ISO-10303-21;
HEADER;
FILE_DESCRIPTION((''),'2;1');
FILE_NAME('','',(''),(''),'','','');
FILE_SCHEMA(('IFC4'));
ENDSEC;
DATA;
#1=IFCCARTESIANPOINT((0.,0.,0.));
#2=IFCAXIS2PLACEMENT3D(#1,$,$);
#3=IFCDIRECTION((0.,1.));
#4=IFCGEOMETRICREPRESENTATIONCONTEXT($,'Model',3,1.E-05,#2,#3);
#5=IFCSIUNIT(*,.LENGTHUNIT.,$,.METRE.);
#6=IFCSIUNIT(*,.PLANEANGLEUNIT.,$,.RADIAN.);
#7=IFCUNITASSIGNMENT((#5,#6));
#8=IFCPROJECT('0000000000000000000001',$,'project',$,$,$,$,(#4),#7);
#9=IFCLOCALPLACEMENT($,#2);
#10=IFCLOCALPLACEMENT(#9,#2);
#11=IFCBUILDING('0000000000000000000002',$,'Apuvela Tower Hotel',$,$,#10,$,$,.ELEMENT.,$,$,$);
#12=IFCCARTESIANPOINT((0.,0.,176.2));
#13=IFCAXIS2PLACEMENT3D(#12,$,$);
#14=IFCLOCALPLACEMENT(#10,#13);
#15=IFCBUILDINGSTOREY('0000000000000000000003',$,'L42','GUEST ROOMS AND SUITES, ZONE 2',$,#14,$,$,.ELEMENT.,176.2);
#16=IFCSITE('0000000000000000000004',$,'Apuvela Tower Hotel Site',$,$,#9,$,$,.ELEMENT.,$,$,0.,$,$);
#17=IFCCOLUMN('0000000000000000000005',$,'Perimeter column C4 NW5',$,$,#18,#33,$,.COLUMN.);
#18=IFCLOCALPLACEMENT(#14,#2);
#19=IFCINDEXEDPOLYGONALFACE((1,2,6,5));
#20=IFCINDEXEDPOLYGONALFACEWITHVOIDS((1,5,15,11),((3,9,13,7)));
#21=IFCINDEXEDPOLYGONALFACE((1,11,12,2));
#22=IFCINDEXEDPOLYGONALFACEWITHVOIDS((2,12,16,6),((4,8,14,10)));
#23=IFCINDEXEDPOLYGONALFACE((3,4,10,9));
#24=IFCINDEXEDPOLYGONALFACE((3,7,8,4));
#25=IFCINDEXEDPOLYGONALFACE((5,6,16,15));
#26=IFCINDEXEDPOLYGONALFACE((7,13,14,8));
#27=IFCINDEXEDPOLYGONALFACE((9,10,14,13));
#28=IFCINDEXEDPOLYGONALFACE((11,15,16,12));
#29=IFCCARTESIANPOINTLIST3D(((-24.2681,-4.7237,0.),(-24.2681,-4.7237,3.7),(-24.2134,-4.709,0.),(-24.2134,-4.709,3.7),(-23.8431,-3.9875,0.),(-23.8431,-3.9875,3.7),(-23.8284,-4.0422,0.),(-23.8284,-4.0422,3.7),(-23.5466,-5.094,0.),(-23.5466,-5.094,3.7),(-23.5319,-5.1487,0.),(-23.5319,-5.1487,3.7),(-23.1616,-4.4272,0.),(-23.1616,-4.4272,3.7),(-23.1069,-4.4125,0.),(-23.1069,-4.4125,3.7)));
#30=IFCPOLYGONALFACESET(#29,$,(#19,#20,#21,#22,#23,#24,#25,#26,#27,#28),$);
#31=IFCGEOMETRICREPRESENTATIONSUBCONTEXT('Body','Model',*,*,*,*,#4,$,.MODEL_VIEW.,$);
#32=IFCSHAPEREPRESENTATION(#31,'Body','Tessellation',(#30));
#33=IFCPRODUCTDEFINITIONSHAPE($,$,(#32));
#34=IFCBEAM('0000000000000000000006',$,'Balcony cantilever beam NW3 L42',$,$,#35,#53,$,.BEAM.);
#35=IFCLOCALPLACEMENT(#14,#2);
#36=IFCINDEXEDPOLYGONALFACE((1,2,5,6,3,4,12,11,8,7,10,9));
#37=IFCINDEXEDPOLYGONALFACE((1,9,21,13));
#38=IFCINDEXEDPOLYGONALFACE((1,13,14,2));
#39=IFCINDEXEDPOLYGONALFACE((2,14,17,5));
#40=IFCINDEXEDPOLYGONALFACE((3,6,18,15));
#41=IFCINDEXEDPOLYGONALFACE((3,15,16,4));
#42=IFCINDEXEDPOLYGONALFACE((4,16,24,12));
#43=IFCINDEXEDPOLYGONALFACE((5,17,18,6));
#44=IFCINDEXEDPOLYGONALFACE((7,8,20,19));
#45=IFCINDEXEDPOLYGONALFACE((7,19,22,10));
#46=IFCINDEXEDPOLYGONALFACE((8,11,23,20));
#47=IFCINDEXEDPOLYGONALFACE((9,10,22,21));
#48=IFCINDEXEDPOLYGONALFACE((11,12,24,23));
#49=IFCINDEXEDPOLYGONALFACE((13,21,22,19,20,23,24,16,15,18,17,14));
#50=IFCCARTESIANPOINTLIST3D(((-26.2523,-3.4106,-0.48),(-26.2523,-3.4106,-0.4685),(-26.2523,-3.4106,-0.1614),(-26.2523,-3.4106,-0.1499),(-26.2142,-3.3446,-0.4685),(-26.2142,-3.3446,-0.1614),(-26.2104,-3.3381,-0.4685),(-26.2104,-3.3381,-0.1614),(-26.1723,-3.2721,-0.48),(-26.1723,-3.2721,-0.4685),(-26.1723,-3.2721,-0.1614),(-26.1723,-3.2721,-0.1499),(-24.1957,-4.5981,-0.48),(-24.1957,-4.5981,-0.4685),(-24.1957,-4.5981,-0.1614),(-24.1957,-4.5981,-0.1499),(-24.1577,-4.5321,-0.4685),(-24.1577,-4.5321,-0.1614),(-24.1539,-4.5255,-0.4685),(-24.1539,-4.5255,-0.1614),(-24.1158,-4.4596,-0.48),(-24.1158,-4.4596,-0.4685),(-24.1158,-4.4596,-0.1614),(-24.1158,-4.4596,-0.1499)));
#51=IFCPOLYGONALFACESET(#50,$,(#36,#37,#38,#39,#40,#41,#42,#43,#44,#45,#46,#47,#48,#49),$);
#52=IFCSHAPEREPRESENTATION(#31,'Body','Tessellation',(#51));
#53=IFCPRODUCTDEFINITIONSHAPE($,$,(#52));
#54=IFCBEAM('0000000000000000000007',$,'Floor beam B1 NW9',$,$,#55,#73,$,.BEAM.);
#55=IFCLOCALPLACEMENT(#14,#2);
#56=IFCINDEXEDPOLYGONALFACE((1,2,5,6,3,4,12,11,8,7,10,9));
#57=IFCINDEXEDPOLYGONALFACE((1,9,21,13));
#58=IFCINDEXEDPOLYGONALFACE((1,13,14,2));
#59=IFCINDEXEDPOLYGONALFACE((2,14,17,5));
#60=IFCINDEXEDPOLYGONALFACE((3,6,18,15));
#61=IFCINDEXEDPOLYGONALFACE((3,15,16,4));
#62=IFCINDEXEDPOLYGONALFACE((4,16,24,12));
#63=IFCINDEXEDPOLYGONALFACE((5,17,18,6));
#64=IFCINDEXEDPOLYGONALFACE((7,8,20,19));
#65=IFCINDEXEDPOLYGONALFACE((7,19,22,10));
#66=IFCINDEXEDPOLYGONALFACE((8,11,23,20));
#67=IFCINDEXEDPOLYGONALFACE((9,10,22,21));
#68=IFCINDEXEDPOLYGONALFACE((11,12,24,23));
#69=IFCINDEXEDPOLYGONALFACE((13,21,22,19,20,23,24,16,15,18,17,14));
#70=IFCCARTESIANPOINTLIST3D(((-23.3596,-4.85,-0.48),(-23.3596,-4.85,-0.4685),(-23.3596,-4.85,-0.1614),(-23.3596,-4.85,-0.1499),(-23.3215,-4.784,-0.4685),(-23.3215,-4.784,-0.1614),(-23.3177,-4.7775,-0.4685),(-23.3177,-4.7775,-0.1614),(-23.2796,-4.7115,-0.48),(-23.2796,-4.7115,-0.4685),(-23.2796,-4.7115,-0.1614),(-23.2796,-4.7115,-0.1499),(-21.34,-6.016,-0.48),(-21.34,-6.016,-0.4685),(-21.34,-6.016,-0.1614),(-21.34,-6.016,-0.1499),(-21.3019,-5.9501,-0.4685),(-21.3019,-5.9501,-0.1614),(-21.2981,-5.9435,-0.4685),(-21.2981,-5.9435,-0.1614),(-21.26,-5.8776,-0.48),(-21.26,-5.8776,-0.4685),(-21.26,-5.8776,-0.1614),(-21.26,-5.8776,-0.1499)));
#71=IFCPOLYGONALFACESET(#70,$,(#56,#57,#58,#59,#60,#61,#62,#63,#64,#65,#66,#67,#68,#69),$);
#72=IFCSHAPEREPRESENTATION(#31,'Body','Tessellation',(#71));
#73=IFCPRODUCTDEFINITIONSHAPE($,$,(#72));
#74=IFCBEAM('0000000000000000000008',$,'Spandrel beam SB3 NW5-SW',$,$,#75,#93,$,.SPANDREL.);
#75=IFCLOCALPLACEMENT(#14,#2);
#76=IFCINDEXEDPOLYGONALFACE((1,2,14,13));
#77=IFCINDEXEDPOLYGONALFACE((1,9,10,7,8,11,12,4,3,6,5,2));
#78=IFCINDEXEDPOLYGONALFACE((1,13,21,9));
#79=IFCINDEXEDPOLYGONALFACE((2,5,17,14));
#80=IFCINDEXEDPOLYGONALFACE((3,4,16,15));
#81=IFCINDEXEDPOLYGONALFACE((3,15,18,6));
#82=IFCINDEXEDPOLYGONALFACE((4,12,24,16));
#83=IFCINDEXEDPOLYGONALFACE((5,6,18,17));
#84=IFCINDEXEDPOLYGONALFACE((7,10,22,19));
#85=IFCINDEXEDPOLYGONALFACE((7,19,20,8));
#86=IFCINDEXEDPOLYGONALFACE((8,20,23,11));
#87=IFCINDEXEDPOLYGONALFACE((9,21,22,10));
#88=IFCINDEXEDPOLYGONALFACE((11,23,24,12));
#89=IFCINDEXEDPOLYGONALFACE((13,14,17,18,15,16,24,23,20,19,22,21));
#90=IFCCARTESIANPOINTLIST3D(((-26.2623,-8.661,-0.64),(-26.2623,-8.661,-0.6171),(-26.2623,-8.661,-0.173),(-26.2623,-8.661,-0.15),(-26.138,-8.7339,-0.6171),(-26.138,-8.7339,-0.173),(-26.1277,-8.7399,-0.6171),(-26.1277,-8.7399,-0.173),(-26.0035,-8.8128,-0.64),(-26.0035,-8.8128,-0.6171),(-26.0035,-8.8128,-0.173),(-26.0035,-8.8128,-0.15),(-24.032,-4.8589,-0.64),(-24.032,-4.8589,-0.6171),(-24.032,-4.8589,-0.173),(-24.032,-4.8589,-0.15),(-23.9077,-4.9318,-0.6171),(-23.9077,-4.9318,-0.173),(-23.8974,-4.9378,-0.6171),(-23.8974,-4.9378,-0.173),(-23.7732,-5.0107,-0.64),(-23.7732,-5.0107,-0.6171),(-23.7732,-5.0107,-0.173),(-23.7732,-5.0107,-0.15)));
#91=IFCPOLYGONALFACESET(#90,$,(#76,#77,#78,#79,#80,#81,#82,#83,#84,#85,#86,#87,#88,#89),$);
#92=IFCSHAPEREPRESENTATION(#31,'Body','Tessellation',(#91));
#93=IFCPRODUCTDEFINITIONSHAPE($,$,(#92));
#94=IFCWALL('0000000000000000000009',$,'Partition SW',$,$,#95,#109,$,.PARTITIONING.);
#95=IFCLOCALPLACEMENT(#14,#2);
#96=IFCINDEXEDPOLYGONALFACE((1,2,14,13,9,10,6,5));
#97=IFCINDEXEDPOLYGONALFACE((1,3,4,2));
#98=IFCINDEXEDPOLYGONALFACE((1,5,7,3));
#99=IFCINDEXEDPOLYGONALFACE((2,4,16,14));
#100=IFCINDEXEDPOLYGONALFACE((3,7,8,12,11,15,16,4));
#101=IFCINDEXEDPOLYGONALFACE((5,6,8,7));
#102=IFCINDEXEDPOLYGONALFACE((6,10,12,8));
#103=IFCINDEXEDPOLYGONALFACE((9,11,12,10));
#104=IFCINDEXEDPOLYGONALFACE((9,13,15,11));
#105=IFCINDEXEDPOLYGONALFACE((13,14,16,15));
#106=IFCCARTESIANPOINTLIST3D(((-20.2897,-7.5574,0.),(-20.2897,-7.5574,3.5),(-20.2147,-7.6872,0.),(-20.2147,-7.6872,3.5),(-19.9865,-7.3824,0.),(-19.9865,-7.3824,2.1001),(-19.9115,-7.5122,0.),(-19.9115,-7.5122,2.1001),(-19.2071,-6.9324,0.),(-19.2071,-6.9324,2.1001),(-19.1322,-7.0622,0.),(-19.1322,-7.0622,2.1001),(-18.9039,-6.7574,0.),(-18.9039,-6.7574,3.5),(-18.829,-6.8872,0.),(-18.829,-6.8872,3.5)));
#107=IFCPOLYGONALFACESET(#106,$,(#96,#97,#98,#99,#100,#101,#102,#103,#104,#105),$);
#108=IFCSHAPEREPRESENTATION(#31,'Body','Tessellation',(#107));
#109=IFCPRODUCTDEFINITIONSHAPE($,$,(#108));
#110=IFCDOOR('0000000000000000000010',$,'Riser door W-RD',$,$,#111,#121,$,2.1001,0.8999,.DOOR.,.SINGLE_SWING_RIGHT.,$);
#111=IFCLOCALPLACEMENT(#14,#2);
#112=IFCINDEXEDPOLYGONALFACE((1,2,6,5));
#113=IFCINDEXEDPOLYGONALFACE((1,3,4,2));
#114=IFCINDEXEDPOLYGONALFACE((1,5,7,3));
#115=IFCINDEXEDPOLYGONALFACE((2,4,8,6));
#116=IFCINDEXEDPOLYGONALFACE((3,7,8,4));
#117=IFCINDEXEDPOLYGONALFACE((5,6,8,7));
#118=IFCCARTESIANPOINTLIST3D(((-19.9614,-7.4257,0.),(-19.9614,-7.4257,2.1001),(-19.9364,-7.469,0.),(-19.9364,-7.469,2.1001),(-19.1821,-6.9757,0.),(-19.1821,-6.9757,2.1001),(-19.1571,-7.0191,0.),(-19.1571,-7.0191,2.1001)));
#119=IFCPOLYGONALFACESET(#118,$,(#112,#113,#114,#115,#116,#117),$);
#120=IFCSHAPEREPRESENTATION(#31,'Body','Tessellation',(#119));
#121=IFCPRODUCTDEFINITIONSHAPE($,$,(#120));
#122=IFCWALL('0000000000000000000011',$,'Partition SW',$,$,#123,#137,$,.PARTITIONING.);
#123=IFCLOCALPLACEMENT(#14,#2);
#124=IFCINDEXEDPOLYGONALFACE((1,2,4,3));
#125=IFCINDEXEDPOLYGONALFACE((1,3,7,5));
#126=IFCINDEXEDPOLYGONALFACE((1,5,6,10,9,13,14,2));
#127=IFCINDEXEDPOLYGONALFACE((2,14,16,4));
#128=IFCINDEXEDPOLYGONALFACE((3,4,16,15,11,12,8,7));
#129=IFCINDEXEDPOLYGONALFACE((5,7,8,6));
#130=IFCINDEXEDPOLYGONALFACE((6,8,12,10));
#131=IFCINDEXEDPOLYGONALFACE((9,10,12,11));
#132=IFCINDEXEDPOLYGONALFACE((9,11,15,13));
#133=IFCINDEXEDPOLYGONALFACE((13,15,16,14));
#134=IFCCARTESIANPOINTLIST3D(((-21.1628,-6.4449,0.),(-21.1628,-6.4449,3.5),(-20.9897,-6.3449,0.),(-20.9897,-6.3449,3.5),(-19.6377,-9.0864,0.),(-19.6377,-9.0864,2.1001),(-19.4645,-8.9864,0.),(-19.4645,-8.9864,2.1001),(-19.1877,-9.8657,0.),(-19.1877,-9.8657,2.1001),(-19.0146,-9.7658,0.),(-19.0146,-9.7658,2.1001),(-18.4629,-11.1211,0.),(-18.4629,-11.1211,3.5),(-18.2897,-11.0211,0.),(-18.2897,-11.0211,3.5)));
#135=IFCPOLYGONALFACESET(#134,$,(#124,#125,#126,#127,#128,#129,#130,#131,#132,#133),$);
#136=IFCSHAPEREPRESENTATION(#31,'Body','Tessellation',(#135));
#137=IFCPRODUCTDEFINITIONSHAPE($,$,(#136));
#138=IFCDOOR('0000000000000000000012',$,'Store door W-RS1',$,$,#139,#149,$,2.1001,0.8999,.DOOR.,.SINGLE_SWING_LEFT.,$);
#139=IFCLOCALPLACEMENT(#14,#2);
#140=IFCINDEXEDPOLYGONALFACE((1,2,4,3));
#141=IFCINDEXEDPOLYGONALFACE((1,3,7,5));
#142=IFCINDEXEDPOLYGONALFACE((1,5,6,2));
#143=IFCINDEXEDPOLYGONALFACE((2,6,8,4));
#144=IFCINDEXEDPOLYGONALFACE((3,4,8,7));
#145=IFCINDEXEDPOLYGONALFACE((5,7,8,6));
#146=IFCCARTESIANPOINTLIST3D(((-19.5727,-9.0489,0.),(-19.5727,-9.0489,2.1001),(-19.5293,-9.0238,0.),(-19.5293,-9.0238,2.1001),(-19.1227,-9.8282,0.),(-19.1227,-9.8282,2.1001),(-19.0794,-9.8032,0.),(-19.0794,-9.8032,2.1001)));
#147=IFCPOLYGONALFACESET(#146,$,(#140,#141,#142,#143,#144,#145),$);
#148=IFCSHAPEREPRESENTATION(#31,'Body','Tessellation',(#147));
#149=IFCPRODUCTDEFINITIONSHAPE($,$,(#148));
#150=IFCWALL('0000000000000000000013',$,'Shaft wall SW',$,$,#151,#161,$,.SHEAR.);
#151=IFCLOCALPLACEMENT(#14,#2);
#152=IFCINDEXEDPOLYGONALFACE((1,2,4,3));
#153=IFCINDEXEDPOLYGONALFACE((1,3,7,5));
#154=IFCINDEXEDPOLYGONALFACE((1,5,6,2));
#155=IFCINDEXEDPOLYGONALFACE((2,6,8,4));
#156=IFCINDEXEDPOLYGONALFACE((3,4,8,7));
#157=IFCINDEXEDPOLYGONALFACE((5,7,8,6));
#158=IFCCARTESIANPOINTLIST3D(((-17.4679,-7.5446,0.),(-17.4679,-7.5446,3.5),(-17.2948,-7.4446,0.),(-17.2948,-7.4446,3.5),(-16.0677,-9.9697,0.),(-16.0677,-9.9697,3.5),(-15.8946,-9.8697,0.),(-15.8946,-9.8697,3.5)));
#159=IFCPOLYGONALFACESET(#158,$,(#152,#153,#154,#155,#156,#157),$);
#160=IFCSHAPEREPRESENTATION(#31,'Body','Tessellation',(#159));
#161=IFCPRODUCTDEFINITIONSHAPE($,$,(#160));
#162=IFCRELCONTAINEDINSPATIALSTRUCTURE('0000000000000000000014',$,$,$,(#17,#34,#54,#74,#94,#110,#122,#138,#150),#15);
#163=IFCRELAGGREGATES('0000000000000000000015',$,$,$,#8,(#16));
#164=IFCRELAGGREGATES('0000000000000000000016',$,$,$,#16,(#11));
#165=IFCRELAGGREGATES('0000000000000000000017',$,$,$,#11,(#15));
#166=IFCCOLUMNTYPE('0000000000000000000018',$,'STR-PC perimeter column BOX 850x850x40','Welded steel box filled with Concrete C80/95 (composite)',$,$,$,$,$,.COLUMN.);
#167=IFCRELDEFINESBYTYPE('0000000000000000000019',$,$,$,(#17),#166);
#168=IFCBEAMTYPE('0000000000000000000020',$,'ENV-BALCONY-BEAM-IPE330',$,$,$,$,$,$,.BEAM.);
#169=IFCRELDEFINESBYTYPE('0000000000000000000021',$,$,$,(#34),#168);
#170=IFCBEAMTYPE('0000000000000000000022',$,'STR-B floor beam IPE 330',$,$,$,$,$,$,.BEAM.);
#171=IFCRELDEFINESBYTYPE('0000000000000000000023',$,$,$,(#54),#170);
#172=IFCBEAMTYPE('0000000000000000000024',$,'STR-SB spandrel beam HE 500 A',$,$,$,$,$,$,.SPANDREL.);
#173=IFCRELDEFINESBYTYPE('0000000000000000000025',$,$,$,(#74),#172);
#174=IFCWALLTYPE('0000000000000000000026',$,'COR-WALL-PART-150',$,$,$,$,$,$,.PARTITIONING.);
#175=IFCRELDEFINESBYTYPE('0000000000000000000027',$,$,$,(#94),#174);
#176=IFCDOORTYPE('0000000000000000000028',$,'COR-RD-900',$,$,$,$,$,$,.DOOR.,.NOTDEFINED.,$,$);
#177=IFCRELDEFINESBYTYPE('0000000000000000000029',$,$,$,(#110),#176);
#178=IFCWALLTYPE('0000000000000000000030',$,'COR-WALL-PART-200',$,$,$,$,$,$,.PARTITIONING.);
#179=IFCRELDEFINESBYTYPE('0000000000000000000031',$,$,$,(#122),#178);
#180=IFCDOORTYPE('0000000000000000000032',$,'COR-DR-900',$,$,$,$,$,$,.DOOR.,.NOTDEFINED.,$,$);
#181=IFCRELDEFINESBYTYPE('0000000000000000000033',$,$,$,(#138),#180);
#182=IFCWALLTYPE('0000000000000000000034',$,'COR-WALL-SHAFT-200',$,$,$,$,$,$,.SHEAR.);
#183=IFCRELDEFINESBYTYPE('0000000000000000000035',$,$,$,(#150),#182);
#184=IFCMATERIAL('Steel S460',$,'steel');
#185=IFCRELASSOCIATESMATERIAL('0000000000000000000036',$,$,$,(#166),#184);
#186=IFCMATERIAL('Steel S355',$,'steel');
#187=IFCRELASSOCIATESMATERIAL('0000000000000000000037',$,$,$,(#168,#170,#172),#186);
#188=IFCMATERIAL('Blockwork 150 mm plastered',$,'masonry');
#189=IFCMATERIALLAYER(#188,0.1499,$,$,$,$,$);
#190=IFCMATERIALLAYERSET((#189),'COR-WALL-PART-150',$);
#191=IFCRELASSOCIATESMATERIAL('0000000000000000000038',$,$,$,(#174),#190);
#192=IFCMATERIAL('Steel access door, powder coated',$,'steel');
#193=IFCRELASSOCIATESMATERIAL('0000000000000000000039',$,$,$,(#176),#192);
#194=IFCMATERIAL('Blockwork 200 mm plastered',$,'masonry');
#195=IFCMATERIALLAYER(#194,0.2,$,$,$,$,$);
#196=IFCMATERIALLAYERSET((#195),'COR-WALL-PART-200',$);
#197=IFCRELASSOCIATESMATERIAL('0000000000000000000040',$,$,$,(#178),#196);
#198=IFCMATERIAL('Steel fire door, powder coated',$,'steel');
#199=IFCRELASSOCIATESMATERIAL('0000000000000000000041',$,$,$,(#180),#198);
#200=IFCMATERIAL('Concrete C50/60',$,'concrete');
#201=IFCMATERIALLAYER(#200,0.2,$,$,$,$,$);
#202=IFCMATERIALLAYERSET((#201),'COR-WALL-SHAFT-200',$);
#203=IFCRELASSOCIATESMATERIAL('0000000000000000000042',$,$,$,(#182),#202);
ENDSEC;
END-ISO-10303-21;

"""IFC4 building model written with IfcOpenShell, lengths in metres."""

from ifc_helpers import new_model, si_unit, direction, frame, frame_2d, origin, origin_2d, place, context, subcontext, project, spatial, rectangle, hollow_rectangle, i_section, extrude, material, layer, layer_set, material_profile, profile_set, type_object, element, fill, save


model = new_model("IFC4")

# Units and contexts
model_context = context("Model", 3, precision=1e-05, world=origin(), true_north=direction((0.0, 1.0)))
body_context = subcontext(model_context, "Body", "Model", "MODEL_VIEW")
ifc_project = project(units=[si_unit("LENGTHUNIT", "METRE"), si_unit("PLANEANGLEUNIT", "RADIAN")], contexts=[model_context])

# Site, building, storey
site_placement = place(None, origin())
site = spatial("IfcSite", under=ifc_project, at=site_placement, Name="Apuvela Tower Hotel Site", CompositionType="ELEMENT", RefElevation=0.0)
building_placement = place(site_placement, origin())
building = spatial("IfcBuilding", under=site, at=building_placement, Name="Apuvela Tower Hotel", CompositionType="ELEMENT")
storey_placement = place(building_placement, frame((0.0, 0.0, 176.2)))
storey = spatial("IfcBuildingStorey", under=building, at=storey_placement, Name="L42", Description="GUEST ROOMS AND SUITES, ZONE 2", CompositionType="ELEMENT", Elevation=176.2)

# Column
ifc_material_1 = material(Name="Steel S460", Category="steel")
ifc_material_profile_1 = material_profile(ifc_material_1, hollow_rectangle(XDim=0.8501, YDim=0.8501, WallThickness=0.04, at=origin_2d()), Name="BOX 850x850x40")
ifc_material_2 = material(Name="Concrete C80/95", Category="concrete")
ifc_material_profile_2 = material_profile(ifc_material_2, rectangle(XDim=0.77, YDim=0.77, at=origin_2d()), Name="Concrete C80/95 infill")
ifc_profile_set_1 = profile_set([ifc_material_profile_1, ifc_material_profile_2], Name="Steel S460")
column_type = type_object("IfcColumnType", Name="STR-PC perimeter column BOX 850x850x40", Description="Welded steel box filled with Concrete C80/95 (composite)", PredefinedType="COLUMN", material=ifc_profile_set_1)
column_placement = place(storey_placement, frame((-23.6875, -4.5681, 0.0), z_axis=(0.0, 0.0, 1.0), x_axis=(0.5, 0.866025, 0.0)))
element("IfcColumn", 1, at=column_placement, inside=storey, type_object=column_type, Name="Perimeter column C4 NW5", PredefinedType="COLUMN", context=body_context, shape_type="SweptSolid", body=[
    extrude(hollow_rectangle(XDim=0.8501, YDim=0.8501, WallThickness=0.04, at=origin_2d()), origin(), (0.0, 0.0, 1.0), 3.7),
])

# Beams
ifc_material_3 = material(Name="Steel S355", Category="steel")
ifc_material_profile_3 = material_profile(ifc_material_3, i_section(OverallWidth=0.1599, OverallDepth=0.3301, WebThickness=0.0076, FlangeThickness=0.0115, at=origin_2d()), Name="IPE 330")
ifc_profile_set_2 = profile_set([ifc_material_profile_3], Name="Steel S355")
beam_type_1 = type_object("IfcBeamType", Name="ENV-BALCONY-BEAM-IPE330", PredefinedType="BEAM", material=ifc_profile_set_2)
beam_1_placement = place(storey_placement, frame((-24.1558, -4.5288, -0.3149), z_axis=(-0.866008, 0.500031, 0.0), x_axis=(-0.500031, -0.866008, 0.0)))
element("IfcBeam", 2, at=beam_1_placement, inside=storey, type_object=beam_type_1, Name="Balcony cantilever beam NW3 L42", PredefinedType="BEAM", context=body_context, shape_type="SweptSolid", body=[
    extrude(i_section(OverallWidth=0.1599, OverallDepth=0.3301, WebThickness=0.0076, FlangeThickness=0.0115, at=origin_2d()), origin(), (0.0, 0.0, 1.0), 2.3748),
])
ifc_material_profile_4 = material_profile(ifc_material_3, i_section(OverallWidth=0.1599, OverallDepth=0.3301, WebThickness=0.0076, FlangeThickness=0.0115, at=origin_2d()), Name="IPE 330")
ifc_profile_set_3 = profile_set([ifc_material_profile_4], Name="Steel S355")
beam_type_2 = type_object("IfcBeamType", Name="STR-B floor beam IPE 330", PredefinedType="BEAM", material=ifc_profile_set_3)
beam_2_placement = place(storey_placement, frame((-23.3196, -4.7808, -0.3149), z_axis=(0.866018, -0.500012, 0.0), x_axis=(0.500012, 0.866018, 0.0)))
element("IfcBeam", 3, at=beam_2_placement, inside=storey, type_object=beam_type_2, Name="Floor beam B1 NW9", PredefinedType="BEAM", context=body_context, shape_type="SweptSolid", body=[
    extrude(i_section(OverallWidth=0.1599, OverallDepth=0.3301, WebThickness=0.0076, FlangeThickness=0.0115, at=origin_2d()), origin(), (0.0, 0.0, 1.0), 2.332),
])
ifc_material_profile_5 = material_profile(ifc_material_3, i_section(OverallWidth=0.3, OverallDepth=0.49, WebThickness=0.012, FlangeThickness=0.0229, at=origin_2d()), Name="HE 500 A")
ifc_profile_set_4 = profile_set([ifc_material_profile_5], Name="Steel S355")
beam_type_3 = type_object("IfcBeamType", Name="STR-SB spandrel beam HE 500 A", PredefinedType="SPANDREL", material=ifc_profile_set_4)
beam_3_placement = place(storey_placement, frame((-23.9026, -4.9348, -0.395), z_axis=(-0.505967, -0.862553, 0.0), x_axis=(0.862553, -0.505967, 0.0)))
element("IfcBeam", 4, at=beam_3_placement, inside=storey, type_object=beam_type_3, Name="Spandrel beam SB3 NW5-SW", PredefinedType="SPANDREL", context=body_context, shape_type="SweptSolid", body=[
    extrude(i_section(OverallWidth=0.3, OverallDepth=0.49, WebThickness=0.012, FlangeThickness=0.0229, at=origin_2d()), origin(), (0.0, 0.0, 1.0), 4.408),
])

# Walls, openings, doors
ifc_material_4 = material(Name="Blockwork 150 mm plastered", Category="masonry")
ifc_layer_1 = layer(ifc_material_4, 0.1499)
ifc_layer_set_1 = layer_set([ifc_layer_1], Name="COR-WALL-PART-150")
wall_type_1 = type_object("IfcWallType", Name="COR-WALL-PART-150", PredefinedType="PARTITIONING", material=ifc_layer_set_1)
wall_1_placement = place(storey_placement, frame((-18.8665, -6.8223, 0.0), z_axis=(0.0, 0.0, 1.0), x_axis=(-0.866028, -0.499995, 0.0)))
wall_1 = element("IfcWall", 5, at=wall_1_placement, inside=storey, type_object=wall_type_1, Name="Partition SW", PredefinedType="PARTITIONING", context=body_context, shape_type="SweptSolid", body=[
    extrude(rectangle(XDim=1.6001, YDim=0.1499, at=frame_2d((0.8, 0.0))), origin(), (0.0, 0.0, 1.0), 3.5),
])
opening_1_placement = place(wall_1_placement, frame((0.3501, 0.0, 0.0)))
opening_1 = element("IfcOpeningElement", 6, at=opening_1_placement, cuts=wall_1, PredefinedType="OPENING", context=body_context, shape_type="SweptSolid", body=[
    extrude(rectangle(XDim=0.8999, YDim=2.1001, at=frame_2d((0.45, 1.05))), frame((0.0, 0.085, 0.0), z_axis=(0.0, -1.0, 0.0), x_axis=(1.0, 0.0, 0.0)), (0.0, 0.0, 1.0), 0.1699),
])
ifc_material_5 = material(Name="Steel access door, powder coated", Category="steel")
door_type_1 = type_object("IfcDoorType", Name="COR-RD-900", OperationType="NOTDEFINED", PredefinedType="DOOR", material=ifc_material_5)
door_1_placement = place(opening_1_placement, frame((0.8999, 0.0, 0.0), z_axis=(0.0, 0.0, 1.0), x_axis=(-1.0, 0.0, 0.0)))
door_1 = element("IfcDoor", 7, at=door_1_placement, inside=storey, type_object=door_type_1, Name="Riser door W-RD", OperationType="SINGLE_SWING_RIGHT", OverallHeight=2.1001, OverallWidth=0.8999, PredefinedType="DOOR", context=body_context, shape_type="SweptSolid", body=[
    extrude(rectangle(XDim=0.8999, YDim=2.1001, at=frame_2d((0.45, 1.05))), frame((0.0, 0.0249, 0.0), z_axis=(0.0, -1.0, 0.0), x_axis=(1.0, 0.0, 0.0)), (0.0, 0.0, 1.0), 0.05),
])
fill(opening_1, door_1)
ifc_material_6 = material(Name="Blockwork 200 mm plastered", Category="masonry")
ifc_layer_2 = layer(ifc_material_6, 0.2)
ifc_layer_set_2 = layer_set([ifc_layer_2], Name="COR-WALL-PART-200")
wall_type_2 = type_object("IfcWallType", Name="COR-WALL-PART-200", PredefinedType="PARTITIONING", material=ifc_layer_set_2)
wall_2_placement = place(storey_placement, frame((-21.0762, -6.395, 0.0), z_axis=(0.0, 0.0, 1.0), x_axis=(0.500015, -0.866017, 0.0)))
wall_2 = element("IfcWall", 8, at=wall_2_placement, inside=storey, type_object=wall_type_2, Name="Partition SW", PredefinedType="PARTITIONING", context=body_context, shape_type="SweptSolid", body=[
    extrude(rectangle(XDim=5.3997, YDim=0.2, at=frame_2d((2.6997, 0.0))), origin(), (0.0, 0.0, 1.0), 3.5),
])
opening_2_placement = place(wall_2_placement, frame((3.05, 0.0, 0.0)))
opening_2 = element("IfcOpeningElement", 9, at=opening_2_placement, cuts=wall_2, PredefinedType="OPENING", context=body_context, shape_type="SweptSolid", body=[
    extrude(rectangle(XDim=0.8999, YDim=2.1001, at=frame_2d((0.45, 1.05))), frame((0.0, 0.1099, 0.0), z_axis=(0.0, -1.0, 0.0), x_axis=(1.0, 0.0, 0.0)), (0.0, 0.0, 1.0), 0.22),
])
ifc_material_7 = material(Name="Steel fire door, powder coated", Category="steel")
door_type_2 = type_object("IfcDoorType", Name="COR-DR-900", OperationType="NOTDEFINED", PredefinedType="DOOR", material=ifc_material_7)
door_2_placement = place(opening_2_placement, frame((0.8999, 0.0, 0.0), z_axis=(0.0, 0.0, 1.0), x_axis=(-1.0, 0.0, 0.0)))
door_2 = element("IfcDoor", 10, at=door_2_placement, inside=storey, type_object=door_type_2, Name="Store door W-RS1", OperationType="SINGLE_SWING_LEFT", OverallHeight=2.1001, OverallWidth=0.8999, PredefinedType="DOOR", context=body_context, shape_type="SweptSolid", body=[
    extrude(rectangle(XDim=0.8999, YDim=2.1001, at=frame_2d((0.45, 1.05))), frame((0.0, 0.0249, 0.0), z_axis=(0.0, -1.0, 0.0), x_axis=(1.0, 0.0, 0.0)), (0.0, 0.0, 1.0), 0.05),
])
fill(opening_2, door_2)

# Wall
ifc_material_8 = material(Name="Concrete C50/60", Category="concrete")
ifc_layer_3 = layer(ifc_material_8, 0.2)
ifc_layer_set_3 = layer_set([ifc_layer_3], Name="COR-WALL-SHAFT-200")
wall_type_3 = type_object("IfcWallType", Name="COR-WALL-SHAFT-200", PredefinedType="SHEAR", material=ifc_layer_set_3)
wall_3_placement = place(storey_placement, frame((-17.3813, -7.4946, 0.0), z_axis=(0.0, 0.0, 1.0), x_axis=(0.500012, -0.866019, 0.0)))
element("IfcWall", 11, at=wall_3_placement, inside=storey, type_object=wall_type_3, Name="Shaft wall SW", PredefinedType="SHEAR", context=body_context, shape_type="SweptSolid", body=[
    extrude(rectangle(XDim=2.8003, YDim=0.2, at=frame_2d((1.4001, 0.0))), origin(), (0.0, 0.0, 1.0), 3.5),
])

save(model, "model.ifc")
